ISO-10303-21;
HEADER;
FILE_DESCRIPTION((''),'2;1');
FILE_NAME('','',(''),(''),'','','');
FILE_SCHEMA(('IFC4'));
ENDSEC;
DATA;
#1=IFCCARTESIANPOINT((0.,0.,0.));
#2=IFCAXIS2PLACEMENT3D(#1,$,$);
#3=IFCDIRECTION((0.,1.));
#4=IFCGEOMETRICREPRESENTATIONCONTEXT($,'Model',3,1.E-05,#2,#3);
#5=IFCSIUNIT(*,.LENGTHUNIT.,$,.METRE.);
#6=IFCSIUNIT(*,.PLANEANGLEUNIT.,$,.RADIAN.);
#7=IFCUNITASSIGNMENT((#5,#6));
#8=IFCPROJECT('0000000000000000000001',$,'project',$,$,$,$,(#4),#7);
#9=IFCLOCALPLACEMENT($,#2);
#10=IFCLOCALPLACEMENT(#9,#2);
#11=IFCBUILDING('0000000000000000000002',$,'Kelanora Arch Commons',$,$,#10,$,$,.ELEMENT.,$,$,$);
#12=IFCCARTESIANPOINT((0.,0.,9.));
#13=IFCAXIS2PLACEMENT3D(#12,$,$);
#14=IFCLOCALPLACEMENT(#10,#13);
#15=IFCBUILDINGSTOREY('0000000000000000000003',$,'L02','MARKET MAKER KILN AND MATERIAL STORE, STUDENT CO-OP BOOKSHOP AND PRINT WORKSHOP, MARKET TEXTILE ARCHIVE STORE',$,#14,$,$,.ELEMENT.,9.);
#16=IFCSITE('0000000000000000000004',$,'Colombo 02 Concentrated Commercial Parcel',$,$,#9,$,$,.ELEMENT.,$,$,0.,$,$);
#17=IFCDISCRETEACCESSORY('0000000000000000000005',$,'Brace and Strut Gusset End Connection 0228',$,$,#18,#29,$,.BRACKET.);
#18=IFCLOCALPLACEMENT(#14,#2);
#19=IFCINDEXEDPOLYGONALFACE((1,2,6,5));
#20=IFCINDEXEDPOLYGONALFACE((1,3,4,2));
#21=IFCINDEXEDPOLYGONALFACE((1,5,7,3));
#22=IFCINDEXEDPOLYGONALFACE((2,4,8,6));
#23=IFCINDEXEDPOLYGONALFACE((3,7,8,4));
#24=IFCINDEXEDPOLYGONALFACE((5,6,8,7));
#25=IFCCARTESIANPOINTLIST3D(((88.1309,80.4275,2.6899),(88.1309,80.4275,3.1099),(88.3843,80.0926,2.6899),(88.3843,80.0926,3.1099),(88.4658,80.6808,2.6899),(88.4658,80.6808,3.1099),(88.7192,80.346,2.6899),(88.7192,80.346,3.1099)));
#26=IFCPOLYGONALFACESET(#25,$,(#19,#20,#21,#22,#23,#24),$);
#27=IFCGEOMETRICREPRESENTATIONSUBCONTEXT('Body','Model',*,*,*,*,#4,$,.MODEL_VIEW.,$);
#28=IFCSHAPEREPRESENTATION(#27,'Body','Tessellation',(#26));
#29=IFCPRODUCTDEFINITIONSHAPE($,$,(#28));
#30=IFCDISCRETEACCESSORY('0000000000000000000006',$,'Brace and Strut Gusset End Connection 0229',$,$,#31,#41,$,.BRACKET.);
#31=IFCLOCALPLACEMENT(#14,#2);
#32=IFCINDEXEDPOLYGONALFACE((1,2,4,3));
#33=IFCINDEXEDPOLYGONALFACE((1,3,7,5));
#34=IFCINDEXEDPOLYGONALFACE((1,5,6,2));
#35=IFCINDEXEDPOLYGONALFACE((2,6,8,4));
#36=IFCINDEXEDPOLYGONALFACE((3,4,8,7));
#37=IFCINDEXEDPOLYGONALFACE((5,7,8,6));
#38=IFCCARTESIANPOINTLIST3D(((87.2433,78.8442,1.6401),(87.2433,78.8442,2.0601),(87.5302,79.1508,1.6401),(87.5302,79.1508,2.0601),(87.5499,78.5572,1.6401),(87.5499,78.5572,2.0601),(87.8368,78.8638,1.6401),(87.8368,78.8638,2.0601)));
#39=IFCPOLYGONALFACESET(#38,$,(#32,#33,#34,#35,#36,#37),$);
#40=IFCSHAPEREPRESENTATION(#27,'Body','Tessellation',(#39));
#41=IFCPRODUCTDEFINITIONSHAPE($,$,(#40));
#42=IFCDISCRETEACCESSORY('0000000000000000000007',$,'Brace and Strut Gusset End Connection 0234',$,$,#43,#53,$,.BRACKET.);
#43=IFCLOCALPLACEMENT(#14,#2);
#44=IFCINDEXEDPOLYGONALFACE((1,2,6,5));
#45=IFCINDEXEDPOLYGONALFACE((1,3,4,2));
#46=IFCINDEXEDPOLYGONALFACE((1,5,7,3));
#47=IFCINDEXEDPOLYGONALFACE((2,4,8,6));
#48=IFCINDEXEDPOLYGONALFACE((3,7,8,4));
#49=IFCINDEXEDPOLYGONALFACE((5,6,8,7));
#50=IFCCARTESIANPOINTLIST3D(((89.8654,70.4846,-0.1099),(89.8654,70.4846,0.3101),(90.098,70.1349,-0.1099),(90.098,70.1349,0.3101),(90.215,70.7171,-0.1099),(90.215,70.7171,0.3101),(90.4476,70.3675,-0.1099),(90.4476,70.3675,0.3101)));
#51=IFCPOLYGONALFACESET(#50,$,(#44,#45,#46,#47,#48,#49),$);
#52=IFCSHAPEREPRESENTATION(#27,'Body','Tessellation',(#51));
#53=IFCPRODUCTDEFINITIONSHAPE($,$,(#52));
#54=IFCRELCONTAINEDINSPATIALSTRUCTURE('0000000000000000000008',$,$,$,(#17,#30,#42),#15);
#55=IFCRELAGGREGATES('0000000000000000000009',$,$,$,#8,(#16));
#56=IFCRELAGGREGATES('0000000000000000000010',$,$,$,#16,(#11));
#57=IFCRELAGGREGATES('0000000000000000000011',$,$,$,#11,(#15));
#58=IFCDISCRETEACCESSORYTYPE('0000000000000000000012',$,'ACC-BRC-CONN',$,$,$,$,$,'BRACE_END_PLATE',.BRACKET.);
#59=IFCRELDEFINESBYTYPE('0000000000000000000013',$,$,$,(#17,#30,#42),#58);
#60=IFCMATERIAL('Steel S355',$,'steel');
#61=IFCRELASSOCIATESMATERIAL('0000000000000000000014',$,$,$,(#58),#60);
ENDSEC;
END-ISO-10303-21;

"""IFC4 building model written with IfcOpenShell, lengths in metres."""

from ifc_helpers import new_model, si_unit, direction, frame, origin, origin_2d, place, context, subcontext, project, spatial, rectangle, extrude, source, transform, mapped, material, type_object, element, save


model = new_model("IFC4")

# Units and contexts
model_context = context("Model", 3, precision=1e-05, world=origin(), true_north=direction((0.0, 1.0)))
body_context = subcontext(model_context, "Body", "Model", "MODEL_VIEW")
ifc_project = project(units=[si_unit("LENGTHUNIT", "METRE"), si_unit("PLANEANGLEUNIT", "RADIAN")], contexts=[model_context])

# Site, building, storey
site_placement = place(None, origin())
site = spatial("IfcSite", under=ifc_project, at=site_placement, Name="Colombo 02 Concentrated Commercial Parcel", CompositionType="ELEMENT", RefElevation=0.0)
building_placement = place(site_placement, origin())
building = spatial("IfcBuilding", under=site, at=building_placement, Name="Kelanora Arch Commons", CompositionType="ELEMENT")
storey_placement = place(building_placement, frame((0.0, 0.0, 9.0)))
storey = spatial("IfcBuildingStorey", under=building, at=storey_placement, Name="L02", Description="MARKET MAKER KILN AND MATERIAL STORE, STUDENT CO-OP BOOKSHOP AND PRINT WORKSHOP, MARKET TEXTILE ARCHIVE STORE", CompositionType="ELEMENT", Elevation=9.0)

# Shared definitions
ifc_material_1 = material(Name="Steel S355", Category="steel")

# Discrete accessories
discrete_accessory_type = type_object("IfcDiscreteAccessoryType", Name="ACC-BRC-CONN", ElementType="BRACE_END_PLATE", PredefinedType="BRACKET", material=ifc_material_1)
shared_shape_1 = source(origin(), body_context, "Body", "SweptSolid", [
    extrude(rectangle(XDim=0.4199, YDim=0.4199, at=origin_2d()), origin(), (0.0, 0.0, 1.0), 0.4199),
])
for number, where, z_axis, x_axis, name in (
    (1, (88.425, 80.3867, 2.6899), (0.0, 0.0, 1.0), (-0.603347, 0.797479, 0.0), "Brace and Strut Gusset End Connection 0228"),
    (2, (87.54, 78.854, 1.6401), (0.0, 0.0, 1.0), (-0.730162, 0.683274, 0.0), "Brace and Strut Gusset End Connection 0229"),
    (3, (90.1565, 70.426, -0.1099), (0.0, 0.0, 1.0), (0.832631, 0.553828, 0.0), "Brace and Strut Gusset End Connection 0234"),
):
    element("IfcDiscreteAccessory", number, at=place(storey_placement, frame(where, z_axis=z_axis, x_axis=x_axis)), inside=storey, type_object=discrete_accessory_type, Name=name, PredefinedType="BRACKET", context=body_context, shape_type="MappedRepresentation", body=[
        mapped(shared_shape_1, transform((0.0, 0.0, 0.0), scale=1.0)),
    ])

save(model, "model.ifc")
